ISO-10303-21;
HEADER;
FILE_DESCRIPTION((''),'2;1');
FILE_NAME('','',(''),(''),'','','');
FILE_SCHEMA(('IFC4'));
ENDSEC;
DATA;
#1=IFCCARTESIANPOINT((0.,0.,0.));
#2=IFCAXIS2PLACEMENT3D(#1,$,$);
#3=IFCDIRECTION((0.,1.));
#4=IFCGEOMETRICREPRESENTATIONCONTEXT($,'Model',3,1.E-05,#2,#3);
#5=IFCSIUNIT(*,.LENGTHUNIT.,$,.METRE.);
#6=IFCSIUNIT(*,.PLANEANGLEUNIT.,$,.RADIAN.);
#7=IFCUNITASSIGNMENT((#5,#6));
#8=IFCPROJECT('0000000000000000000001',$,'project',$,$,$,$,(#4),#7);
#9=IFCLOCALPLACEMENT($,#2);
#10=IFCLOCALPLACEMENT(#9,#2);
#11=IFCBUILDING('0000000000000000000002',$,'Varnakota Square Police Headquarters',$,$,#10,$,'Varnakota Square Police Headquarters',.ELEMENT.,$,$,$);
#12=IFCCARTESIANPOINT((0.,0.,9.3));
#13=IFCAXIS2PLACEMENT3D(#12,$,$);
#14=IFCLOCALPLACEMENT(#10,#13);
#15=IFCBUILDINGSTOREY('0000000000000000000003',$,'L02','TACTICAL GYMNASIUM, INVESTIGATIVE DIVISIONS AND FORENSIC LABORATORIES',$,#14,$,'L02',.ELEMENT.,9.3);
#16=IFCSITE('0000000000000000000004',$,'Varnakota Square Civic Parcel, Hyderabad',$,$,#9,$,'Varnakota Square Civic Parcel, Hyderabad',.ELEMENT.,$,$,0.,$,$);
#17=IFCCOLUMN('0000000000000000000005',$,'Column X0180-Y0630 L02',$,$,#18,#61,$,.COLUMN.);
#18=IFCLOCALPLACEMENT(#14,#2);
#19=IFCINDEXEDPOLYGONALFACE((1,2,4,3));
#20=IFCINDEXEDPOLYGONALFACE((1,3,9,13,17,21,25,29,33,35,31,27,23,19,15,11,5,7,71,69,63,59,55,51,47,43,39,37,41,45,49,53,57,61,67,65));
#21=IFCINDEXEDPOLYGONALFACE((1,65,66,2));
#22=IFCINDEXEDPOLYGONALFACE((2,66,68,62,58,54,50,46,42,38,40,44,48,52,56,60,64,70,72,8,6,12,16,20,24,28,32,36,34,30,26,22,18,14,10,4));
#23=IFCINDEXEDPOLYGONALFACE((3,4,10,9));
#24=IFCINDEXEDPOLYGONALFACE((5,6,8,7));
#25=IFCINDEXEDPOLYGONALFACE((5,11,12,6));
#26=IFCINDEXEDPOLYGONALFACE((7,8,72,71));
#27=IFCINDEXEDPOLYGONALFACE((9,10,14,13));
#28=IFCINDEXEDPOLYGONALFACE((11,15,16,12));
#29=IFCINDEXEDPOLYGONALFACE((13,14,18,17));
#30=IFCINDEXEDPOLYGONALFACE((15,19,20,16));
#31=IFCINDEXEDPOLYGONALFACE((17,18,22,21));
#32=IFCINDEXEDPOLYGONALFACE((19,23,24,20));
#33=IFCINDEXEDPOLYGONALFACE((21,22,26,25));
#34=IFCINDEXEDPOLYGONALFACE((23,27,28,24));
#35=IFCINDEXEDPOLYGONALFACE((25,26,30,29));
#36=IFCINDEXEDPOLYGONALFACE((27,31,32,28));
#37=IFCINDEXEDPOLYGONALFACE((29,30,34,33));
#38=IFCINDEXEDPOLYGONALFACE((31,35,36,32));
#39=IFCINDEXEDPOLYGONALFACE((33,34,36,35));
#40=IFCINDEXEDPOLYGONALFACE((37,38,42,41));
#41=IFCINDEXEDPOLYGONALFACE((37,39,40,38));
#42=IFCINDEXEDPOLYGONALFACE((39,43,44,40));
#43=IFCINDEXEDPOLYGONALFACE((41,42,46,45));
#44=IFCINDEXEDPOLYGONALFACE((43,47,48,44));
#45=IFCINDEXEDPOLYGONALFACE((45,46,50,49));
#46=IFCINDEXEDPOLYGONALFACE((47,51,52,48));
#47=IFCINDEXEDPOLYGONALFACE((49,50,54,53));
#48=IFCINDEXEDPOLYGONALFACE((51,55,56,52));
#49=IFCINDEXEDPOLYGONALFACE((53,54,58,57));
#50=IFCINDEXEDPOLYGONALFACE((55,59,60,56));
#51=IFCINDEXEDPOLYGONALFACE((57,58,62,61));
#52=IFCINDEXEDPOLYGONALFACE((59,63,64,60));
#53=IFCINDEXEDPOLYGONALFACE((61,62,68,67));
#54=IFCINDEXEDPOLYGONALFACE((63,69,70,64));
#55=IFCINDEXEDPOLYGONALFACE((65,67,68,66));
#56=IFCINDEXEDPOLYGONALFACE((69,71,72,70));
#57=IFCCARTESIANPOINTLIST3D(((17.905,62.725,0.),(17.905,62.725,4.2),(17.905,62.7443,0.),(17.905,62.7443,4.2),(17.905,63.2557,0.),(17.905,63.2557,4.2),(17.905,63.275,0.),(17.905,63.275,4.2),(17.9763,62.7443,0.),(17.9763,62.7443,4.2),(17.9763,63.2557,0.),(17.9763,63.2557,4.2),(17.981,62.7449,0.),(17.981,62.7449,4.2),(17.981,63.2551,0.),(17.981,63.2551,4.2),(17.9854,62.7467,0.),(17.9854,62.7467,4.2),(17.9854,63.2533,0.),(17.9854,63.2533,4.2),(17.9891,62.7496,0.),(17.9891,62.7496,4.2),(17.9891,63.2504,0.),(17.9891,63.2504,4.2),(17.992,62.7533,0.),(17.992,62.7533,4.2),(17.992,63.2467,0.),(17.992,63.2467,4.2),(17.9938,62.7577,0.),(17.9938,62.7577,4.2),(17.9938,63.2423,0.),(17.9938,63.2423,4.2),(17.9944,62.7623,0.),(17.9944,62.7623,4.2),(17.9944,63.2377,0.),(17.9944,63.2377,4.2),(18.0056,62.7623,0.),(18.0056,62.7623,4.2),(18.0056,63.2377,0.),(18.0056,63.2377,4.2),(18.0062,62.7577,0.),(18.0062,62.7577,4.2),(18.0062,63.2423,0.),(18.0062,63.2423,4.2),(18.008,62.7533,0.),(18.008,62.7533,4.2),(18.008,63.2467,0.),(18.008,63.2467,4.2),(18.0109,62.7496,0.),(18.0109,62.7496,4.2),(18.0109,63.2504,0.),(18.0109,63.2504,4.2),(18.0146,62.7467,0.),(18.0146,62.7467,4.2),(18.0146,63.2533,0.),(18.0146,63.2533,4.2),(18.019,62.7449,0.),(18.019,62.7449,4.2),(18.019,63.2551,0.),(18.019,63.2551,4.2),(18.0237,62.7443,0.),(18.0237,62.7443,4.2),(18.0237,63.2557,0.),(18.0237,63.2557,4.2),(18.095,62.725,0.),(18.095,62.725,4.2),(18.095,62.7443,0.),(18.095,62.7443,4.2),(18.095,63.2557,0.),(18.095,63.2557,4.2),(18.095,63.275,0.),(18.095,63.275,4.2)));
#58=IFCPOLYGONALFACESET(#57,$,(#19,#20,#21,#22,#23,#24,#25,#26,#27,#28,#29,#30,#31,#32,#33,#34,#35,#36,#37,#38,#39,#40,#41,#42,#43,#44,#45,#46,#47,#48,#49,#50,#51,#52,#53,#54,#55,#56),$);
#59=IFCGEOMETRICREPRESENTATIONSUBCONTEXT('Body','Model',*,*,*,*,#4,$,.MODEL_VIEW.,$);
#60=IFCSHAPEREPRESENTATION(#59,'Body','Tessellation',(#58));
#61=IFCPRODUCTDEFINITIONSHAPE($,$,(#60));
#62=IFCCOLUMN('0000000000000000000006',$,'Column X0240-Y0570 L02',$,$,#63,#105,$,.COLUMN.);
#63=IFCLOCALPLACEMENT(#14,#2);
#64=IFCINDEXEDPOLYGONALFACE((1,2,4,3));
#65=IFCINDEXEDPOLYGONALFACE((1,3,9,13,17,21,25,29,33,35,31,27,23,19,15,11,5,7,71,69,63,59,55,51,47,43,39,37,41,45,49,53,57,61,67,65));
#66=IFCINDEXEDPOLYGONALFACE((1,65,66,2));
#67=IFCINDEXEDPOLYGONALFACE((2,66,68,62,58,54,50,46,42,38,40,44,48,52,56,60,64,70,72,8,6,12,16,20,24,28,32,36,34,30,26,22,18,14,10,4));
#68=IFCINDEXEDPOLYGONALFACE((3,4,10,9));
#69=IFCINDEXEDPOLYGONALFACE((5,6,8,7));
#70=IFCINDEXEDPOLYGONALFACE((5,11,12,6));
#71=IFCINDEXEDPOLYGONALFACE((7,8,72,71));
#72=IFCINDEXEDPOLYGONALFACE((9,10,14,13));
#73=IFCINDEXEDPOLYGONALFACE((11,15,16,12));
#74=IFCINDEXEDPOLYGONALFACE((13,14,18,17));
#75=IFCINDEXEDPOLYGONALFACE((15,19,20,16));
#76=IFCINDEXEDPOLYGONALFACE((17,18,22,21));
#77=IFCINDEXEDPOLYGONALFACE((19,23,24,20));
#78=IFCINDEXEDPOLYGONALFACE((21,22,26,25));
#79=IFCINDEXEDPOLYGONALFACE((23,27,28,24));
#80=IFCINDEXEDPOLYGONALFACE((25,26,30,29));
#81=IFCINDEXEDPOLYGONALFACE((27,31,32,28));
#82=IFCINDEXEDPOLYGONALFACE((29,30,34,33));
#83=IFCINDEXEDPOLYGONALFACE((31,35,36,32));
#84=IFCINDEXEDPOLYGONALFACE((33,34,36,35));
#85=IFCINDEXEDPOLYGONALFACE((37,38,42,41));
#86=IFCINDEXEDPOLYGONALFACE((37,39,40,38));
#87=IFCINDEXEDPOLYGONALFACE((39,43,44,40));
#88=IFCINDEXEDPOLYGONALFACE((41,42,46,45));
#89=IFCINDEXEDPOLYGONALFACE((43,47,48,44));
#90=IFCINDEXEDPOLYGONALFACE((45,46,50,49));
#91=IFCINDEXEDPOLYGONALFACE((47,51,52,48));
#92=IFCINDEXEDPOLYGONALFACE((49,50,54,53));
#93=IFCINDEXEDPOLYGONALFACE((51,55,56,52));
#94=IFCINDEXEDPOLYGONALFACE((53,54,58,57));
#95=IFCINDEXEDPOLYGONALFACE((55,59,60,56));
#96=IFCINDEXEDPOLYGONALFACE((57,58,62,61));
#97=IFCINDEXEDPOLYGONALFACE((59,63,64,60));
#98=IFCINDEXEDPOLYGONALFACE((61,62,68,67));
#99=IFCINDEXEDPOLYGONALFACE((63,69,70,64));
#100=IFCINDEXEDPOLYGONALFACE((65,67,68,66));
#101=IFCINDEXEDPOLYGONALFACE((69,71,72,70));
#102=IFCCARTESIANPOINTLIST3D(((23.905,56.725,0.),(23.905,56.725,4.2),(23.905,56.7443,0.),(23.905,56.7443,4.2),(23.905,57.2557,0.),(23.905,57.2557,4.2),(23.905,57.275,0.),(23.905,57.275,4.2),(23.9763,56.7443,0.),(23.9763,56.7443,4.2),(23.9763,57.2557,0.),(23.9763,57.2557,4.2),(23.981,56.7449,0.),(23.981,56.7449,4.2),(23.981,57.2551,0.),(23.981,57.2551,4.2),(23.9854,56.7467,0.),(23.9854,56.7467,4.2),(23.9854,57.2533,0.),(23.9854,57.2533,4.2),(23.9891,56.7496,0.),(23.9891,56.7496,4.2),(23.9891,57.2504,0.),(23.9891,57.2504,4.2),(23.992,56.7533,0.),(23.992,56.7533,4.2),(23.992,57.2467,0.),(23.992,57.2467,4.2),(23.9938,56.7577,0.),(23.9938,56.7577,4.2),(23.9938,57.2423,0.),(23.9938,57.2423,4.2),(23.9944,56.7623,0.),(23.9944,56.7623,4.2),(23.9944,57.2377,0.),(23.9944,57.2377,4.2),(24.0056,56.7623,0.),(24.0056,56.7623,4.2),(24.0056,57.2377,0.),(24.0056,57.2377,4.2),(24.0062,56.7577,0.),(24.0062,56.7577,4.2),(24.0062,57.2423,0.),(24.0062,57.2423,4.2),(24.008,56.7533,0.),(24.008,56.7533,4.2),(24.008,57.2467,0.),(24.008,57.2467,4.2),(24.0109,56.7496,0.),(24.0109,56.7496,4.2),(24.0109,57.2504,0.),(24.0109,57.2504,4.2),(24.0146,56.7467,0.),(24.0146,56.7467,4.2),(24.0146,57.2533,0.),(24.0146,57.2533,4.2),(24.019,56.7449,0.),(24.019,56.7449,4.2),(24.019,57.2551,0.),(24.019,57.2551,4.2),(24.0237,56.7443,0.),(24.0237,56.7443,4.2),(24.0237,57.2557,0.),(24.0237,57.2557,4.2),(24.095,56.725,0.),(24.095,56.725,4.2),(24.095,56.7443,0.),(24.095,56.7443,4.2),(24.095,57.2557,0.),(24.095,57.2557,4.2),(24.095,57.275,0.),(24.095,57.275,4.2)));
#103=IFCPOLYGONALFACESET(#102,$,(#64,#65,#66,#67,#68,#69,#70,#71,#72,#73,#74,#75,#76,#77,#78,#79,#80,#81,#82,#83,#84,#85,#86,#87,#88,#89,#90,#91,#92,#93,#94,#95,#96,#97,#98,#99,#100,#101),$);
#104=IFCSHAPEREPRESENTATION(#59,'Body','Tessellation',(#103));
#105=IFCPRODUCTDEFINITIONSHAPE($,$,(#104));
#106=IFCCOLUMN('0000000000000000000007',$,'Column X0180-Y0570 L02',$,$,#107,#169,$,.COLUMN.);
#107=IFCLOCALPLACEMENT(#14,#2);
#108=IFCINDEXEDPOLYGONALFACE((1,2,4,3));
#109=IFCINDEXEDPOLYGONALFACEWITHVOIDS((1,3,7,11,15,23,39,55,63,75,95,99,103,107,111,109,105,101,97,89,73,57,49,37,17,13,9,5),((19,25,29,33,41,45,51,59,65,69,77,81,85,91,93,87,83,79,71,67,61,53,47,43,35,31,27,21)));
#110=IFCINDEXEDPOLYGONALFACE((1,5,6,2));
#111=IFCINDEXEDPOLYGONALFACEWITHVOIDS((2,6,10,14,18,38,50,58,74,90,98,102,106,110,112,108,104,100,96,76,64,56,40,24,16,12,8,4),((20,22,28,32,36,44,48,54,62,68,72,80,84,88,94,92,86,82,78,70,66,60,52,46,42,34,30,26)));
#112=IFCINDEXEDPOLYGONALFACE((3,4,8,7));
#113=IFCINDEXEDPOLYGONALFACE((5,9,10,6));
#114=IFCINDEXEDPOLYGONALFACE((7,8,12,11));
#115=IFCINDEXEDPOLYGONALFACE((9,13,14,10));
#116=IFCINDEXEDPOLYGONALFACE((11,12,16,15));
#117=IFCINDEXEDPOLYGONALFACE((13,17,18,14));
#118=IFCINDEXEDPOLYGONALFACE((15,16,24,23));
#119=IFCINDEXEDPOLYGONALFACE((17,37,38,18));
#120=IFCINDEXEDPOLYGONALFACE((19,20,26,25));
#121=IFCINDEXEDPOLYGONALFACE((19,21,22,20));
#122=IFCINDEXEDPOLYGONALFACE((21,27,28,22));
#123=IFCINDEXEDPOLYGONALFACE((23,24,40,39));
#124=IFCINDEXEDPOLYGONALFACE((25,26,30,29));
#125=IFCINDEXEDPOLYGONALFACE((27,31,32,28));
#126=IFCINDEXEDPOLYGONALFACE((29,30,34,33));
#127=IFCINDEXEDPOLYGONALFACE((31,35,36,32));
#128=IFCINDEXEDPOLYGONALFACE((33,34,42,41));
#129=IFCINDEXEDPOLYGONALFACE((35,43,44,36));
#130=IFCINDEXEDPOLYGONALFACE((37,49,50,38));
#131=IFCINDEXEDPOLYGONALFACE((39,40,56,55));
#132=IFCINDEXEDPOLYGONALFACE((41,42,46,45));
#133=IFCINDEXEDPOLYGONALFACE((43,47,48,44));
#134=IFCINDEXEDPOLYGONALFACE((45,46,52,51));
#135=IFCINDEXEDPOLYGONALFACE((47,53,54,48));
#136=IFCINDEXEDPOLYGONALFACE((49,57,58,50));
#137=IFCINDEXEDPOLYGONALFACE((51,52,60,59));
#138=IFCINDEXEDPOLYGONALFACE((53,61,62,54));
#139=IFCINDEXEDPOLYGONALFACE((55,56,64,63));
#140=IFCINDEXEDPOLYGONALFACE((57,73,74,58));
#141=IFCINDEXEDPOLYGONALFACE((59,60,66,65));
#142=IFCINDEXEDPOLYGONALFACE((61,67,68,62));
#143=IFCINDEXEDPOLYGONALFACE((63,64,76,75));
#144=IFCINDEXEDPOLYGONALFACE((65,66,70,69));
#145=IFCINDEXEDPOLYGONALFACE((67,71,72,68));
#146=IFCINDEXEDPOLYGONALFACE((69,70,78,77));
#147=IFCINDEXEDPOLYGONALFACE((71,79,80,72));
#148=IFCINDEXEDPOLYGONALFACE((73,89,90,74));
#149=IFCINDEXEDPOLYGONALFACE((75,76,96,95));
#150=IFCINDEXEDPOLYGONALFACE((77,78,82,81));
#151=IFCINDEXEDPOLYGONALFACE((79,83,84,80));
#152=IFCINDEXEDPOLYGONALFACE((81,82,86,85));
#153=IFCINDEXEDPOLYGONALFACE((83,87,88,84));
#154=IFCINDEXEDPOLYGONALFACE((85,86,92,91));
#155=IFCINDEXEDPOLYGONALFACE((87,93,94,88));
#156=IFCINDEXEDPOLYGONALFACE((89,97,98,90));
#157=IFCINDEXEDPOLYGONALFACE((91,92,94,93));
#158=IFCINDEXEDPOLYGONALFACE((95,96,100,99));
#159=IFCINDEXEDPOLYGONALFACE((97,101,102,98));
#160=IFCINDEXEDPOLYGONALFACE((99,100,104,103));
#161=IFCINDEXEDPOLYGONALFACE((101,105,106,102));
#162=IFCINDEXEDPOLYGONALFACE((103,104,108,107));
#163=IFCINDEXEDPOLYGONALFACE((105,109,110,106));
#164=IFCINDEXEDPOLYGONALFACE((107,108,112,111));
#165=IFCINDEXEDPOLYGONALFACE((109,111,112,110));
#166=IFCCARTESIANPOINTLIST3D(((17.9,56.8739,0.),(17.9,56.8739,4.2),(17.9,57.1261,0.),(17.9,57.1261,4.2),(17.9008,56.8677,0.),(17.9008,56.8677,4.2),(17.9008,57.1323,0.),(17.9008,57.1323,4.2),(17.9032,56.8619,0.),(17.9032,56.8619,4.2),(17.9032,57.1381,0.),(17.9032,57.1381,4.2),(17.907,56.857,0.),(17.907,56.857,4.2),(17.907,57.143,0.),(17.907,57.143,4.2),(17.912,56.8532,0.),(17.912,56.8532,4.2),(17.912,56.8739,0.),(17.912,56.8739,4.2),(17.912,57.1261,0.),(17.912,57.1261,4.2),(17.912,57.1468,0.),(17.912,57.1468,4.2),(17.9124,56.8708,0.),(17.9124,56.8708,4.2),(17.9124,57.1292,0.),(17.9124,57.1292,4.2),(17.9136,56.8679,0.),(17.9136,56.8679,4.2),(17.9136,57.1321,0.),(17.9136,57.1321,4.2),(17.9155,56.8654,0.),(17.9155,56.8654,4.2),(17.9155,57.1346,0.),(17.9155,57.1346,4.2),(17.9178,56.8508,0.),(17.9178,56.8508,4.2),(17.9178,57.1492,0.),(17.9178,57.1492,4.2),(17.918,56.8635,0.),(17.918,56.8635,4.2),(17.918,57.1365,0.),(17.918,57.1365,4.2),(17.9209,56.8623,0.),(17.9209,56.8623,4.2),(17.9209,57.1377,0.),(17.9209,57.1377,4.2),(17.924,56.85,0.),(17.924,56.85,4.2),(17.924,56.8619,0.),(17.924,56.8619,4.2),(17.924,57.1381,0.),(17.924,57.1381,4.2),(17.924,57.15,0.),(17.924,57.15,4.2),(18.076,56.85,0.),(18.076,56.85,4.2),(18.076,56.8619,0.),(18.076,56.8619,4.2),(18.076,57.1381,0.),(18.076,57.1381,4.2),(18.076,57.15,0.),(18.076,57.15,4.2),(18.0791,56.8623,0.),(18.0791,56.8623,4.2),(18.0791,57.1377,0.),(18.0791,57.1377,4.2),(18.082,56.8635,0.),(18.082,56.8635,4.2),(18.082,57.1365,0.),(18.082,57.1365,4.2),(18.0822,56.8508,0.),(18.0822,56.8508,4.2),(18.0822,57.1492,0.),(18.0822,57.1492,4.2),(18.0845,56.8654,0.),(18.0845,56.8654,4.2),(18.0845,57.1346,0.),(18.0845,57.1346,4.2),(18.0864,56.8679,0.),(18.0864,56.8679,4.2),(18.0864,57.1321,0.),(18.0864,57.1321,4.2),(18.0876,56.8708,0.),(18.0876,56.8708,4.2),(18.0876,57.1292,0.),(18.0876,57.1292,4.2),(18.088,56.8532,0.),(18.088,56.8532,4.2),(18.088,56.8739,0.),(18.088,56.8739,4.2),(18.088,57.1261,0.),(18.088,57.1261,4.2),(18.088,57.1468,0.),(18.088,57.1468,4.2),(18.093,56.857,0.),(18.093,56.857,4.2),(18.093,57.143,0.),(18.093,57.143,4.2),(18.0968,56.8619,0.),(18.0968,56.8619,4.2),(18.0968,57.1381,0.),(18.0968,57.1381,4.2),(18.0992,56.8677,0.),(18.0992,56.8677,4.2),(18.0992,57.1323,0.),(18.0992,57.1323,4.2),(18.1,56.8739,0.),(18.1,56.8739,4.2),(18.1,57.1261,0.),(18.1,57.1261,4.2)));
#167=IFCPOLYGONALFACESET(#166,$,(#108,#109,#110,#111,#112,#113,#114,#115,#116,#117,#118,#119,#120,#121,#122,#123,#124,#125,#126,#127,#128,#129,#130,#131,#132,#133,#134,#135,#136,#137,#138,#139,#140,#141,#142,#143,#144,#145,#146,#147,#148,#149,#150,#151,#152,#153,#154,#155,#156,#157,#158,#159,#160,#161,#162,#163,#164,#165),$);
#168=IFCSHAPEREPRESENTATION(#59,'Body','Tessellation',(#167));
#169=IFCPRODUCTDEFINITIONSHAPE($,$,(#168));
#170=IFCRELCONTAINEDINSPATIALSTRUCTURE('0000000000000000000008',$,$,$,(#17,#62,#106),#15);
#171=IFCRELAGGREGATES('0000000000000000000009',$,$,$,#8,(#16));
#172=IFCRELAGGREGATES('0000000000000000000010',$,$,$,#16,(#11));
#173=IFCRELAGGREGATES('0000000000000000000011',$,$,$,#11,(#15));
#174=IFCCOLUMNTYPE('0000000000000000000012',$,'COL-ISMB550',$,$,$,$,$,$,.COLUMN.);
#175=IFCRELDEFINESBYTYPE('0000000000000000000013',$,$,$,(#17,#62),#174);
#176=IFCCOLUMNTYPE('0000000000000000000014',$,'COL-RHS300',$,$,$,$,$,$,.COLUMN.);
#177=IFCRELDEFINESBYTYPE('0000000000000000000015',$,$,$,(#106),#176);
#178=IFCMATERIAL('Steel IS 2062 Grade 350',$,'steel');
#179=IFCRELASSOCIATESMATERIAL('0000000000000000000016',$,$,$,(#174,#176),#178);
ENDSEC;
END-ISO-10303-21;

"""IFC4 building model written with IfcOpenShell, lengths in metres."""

from ifc_helpers import new_model, si_unit, direction, frame, origin, origin_2d, place, context, subcontext, project, spatial, hollow_rectangle, i_section, extrude, material, material_profile, profile_set, type_object, element, save


model = new_model("IFC4")

# Units and contexts
model_context = context("Model", 3, precision=1e-05, world=origin(), true_north=direction((0.0, 1.0)))
body_context = subcontext(model_context, "Body", "Model", "MODEL_VIEW")
ifc_project = project(units=[si_unit("LENGTHUNIT", "METRE"), si_unit("PLANEANGLEUNIT", "RADIAN")], contexts=[model_context])

# Site, building, storey
site_placement = place(None, origin())
site = spatial("IfcSite", under=ifc_project, at=site_placement, Name="Varnakota Square Civic Parcel, Hyderabad", LongName="Varnakota Square Civic Parcel, Hyderabad", CompositionType="ELEMENT", RefElevation=0.0)
building_placement = place(site_placement, origin())
building = spatial("IfcBuilding", under=site, at=building_placement, Name="Varnakota Square Police Headquarters", LongName="Varnakota Square Police Headquarters", CompositionType="ELEMENT")
storey_placement = place(building_placement, frame((0.0, 0.0, 9.3)))
storey = spatial("IfcBuildingStorey", under=building, at=storey_placement, Name="L02", Description="TACTICAL GYMNASIUM, INVESTIGATIVE DIVISIONS AND FORENSIC LABORATORIES", LongName="L02", CompositionType="ELEMENT", Elevation=9.3)

# Columns
ifc_material_1 = material(Name="Steel IS 2062 Grade 350", Category="steel")
ifc_material_profile_1 = material_profile(ifc_material_1, i_section(OverallWidth=0.1899, OverallDepth=0.55, WebThickness=0.0112, FlangeThickness=0.0193, FilletRadius=0.0181, at=origin_2d()), Name="ISMB 550")
ifc_profile_set_1 = profile_set([ifc_material_profile_1], Name="Steel IS 2062 Grade 350")
column_type_1 = type_object("IfcColumnType", Name="COL-ISMB550", PredefinedType="COLUMN", material=ifc_profile_set_1)
for number, where, z_axis, x_axis, name in (
    (1, (18.0, 63.0, 0.0), (0.0, 0.0, 1.0), (1.0, 0.0, 0.0), "Column X0180-Y0630 L02"),
    (2, (24.0, 57.0, 0.0), (0.0, 0.0, 1.0), (1.0, 0.0, 0.0), "Column X0240-Y0570 L02"),
):
    element("IfcColumn", number, at=place(storey_placement, frame(where, z_axis=z_axis, x_axis=x_axis)), inside=storey, type_object=column_type_1, Name=name, PredefinedType="COLUMN", context=body_context, shape_type="SweptSolid", body=[
        extrude(i_section(OverallWidth=0.1899, OverallDepth=0.55, WebThickness=0.0112, FlangeThickness=0.0193, FilletRadius=0.0181, at=origin_2d()), origin(), (0.0, 0.0, 1.0), 4.2),
    ])
ifc_material_profile_2 = material_profile(ifc_material_1, hollow_rectangle(XDim=0.2, YDim=0.3, WallThickness=0.012, InnerFilletRadius=0.012, OuterFilletRadius=0.0239, at=origin_2d()), Name="RHS 300x200x12")
ifc_profile_set_2 = profile_set([ifc_material_profile_2], Name="Steel IS 2062 Grade 350")
column_type_2 = type_object("IfcColumnType", Name="COL-RHS300", PredefinedType="COLUMN", material=ifc_profile_set_2)
column_placement = place(storey_placement, frame((18.0, 57.0, 0.0), z_axis=(0.0, 0.0, 1.0), x_axis=(1.0, 0.0, 0.0)))
element("IfcColumn", 3, at=column_placement, inside=storey, type_object=column_type_2, Name="Column X0180-Y0570 L02", PredefinedType="COLUMN", context=body_context, shape_type="SweptSolid", body=[
    extrude(hollow_rectangle(XDim=0.2, YDim=0.3, WallThickness=0.012, InnerFilletRadius=0.012, OuterFilletRadius=0.0239, at=origin_2d()), origin(), (0.0, 0.0, 1.0), 4.2),
])

save(model, "model.ifc")
